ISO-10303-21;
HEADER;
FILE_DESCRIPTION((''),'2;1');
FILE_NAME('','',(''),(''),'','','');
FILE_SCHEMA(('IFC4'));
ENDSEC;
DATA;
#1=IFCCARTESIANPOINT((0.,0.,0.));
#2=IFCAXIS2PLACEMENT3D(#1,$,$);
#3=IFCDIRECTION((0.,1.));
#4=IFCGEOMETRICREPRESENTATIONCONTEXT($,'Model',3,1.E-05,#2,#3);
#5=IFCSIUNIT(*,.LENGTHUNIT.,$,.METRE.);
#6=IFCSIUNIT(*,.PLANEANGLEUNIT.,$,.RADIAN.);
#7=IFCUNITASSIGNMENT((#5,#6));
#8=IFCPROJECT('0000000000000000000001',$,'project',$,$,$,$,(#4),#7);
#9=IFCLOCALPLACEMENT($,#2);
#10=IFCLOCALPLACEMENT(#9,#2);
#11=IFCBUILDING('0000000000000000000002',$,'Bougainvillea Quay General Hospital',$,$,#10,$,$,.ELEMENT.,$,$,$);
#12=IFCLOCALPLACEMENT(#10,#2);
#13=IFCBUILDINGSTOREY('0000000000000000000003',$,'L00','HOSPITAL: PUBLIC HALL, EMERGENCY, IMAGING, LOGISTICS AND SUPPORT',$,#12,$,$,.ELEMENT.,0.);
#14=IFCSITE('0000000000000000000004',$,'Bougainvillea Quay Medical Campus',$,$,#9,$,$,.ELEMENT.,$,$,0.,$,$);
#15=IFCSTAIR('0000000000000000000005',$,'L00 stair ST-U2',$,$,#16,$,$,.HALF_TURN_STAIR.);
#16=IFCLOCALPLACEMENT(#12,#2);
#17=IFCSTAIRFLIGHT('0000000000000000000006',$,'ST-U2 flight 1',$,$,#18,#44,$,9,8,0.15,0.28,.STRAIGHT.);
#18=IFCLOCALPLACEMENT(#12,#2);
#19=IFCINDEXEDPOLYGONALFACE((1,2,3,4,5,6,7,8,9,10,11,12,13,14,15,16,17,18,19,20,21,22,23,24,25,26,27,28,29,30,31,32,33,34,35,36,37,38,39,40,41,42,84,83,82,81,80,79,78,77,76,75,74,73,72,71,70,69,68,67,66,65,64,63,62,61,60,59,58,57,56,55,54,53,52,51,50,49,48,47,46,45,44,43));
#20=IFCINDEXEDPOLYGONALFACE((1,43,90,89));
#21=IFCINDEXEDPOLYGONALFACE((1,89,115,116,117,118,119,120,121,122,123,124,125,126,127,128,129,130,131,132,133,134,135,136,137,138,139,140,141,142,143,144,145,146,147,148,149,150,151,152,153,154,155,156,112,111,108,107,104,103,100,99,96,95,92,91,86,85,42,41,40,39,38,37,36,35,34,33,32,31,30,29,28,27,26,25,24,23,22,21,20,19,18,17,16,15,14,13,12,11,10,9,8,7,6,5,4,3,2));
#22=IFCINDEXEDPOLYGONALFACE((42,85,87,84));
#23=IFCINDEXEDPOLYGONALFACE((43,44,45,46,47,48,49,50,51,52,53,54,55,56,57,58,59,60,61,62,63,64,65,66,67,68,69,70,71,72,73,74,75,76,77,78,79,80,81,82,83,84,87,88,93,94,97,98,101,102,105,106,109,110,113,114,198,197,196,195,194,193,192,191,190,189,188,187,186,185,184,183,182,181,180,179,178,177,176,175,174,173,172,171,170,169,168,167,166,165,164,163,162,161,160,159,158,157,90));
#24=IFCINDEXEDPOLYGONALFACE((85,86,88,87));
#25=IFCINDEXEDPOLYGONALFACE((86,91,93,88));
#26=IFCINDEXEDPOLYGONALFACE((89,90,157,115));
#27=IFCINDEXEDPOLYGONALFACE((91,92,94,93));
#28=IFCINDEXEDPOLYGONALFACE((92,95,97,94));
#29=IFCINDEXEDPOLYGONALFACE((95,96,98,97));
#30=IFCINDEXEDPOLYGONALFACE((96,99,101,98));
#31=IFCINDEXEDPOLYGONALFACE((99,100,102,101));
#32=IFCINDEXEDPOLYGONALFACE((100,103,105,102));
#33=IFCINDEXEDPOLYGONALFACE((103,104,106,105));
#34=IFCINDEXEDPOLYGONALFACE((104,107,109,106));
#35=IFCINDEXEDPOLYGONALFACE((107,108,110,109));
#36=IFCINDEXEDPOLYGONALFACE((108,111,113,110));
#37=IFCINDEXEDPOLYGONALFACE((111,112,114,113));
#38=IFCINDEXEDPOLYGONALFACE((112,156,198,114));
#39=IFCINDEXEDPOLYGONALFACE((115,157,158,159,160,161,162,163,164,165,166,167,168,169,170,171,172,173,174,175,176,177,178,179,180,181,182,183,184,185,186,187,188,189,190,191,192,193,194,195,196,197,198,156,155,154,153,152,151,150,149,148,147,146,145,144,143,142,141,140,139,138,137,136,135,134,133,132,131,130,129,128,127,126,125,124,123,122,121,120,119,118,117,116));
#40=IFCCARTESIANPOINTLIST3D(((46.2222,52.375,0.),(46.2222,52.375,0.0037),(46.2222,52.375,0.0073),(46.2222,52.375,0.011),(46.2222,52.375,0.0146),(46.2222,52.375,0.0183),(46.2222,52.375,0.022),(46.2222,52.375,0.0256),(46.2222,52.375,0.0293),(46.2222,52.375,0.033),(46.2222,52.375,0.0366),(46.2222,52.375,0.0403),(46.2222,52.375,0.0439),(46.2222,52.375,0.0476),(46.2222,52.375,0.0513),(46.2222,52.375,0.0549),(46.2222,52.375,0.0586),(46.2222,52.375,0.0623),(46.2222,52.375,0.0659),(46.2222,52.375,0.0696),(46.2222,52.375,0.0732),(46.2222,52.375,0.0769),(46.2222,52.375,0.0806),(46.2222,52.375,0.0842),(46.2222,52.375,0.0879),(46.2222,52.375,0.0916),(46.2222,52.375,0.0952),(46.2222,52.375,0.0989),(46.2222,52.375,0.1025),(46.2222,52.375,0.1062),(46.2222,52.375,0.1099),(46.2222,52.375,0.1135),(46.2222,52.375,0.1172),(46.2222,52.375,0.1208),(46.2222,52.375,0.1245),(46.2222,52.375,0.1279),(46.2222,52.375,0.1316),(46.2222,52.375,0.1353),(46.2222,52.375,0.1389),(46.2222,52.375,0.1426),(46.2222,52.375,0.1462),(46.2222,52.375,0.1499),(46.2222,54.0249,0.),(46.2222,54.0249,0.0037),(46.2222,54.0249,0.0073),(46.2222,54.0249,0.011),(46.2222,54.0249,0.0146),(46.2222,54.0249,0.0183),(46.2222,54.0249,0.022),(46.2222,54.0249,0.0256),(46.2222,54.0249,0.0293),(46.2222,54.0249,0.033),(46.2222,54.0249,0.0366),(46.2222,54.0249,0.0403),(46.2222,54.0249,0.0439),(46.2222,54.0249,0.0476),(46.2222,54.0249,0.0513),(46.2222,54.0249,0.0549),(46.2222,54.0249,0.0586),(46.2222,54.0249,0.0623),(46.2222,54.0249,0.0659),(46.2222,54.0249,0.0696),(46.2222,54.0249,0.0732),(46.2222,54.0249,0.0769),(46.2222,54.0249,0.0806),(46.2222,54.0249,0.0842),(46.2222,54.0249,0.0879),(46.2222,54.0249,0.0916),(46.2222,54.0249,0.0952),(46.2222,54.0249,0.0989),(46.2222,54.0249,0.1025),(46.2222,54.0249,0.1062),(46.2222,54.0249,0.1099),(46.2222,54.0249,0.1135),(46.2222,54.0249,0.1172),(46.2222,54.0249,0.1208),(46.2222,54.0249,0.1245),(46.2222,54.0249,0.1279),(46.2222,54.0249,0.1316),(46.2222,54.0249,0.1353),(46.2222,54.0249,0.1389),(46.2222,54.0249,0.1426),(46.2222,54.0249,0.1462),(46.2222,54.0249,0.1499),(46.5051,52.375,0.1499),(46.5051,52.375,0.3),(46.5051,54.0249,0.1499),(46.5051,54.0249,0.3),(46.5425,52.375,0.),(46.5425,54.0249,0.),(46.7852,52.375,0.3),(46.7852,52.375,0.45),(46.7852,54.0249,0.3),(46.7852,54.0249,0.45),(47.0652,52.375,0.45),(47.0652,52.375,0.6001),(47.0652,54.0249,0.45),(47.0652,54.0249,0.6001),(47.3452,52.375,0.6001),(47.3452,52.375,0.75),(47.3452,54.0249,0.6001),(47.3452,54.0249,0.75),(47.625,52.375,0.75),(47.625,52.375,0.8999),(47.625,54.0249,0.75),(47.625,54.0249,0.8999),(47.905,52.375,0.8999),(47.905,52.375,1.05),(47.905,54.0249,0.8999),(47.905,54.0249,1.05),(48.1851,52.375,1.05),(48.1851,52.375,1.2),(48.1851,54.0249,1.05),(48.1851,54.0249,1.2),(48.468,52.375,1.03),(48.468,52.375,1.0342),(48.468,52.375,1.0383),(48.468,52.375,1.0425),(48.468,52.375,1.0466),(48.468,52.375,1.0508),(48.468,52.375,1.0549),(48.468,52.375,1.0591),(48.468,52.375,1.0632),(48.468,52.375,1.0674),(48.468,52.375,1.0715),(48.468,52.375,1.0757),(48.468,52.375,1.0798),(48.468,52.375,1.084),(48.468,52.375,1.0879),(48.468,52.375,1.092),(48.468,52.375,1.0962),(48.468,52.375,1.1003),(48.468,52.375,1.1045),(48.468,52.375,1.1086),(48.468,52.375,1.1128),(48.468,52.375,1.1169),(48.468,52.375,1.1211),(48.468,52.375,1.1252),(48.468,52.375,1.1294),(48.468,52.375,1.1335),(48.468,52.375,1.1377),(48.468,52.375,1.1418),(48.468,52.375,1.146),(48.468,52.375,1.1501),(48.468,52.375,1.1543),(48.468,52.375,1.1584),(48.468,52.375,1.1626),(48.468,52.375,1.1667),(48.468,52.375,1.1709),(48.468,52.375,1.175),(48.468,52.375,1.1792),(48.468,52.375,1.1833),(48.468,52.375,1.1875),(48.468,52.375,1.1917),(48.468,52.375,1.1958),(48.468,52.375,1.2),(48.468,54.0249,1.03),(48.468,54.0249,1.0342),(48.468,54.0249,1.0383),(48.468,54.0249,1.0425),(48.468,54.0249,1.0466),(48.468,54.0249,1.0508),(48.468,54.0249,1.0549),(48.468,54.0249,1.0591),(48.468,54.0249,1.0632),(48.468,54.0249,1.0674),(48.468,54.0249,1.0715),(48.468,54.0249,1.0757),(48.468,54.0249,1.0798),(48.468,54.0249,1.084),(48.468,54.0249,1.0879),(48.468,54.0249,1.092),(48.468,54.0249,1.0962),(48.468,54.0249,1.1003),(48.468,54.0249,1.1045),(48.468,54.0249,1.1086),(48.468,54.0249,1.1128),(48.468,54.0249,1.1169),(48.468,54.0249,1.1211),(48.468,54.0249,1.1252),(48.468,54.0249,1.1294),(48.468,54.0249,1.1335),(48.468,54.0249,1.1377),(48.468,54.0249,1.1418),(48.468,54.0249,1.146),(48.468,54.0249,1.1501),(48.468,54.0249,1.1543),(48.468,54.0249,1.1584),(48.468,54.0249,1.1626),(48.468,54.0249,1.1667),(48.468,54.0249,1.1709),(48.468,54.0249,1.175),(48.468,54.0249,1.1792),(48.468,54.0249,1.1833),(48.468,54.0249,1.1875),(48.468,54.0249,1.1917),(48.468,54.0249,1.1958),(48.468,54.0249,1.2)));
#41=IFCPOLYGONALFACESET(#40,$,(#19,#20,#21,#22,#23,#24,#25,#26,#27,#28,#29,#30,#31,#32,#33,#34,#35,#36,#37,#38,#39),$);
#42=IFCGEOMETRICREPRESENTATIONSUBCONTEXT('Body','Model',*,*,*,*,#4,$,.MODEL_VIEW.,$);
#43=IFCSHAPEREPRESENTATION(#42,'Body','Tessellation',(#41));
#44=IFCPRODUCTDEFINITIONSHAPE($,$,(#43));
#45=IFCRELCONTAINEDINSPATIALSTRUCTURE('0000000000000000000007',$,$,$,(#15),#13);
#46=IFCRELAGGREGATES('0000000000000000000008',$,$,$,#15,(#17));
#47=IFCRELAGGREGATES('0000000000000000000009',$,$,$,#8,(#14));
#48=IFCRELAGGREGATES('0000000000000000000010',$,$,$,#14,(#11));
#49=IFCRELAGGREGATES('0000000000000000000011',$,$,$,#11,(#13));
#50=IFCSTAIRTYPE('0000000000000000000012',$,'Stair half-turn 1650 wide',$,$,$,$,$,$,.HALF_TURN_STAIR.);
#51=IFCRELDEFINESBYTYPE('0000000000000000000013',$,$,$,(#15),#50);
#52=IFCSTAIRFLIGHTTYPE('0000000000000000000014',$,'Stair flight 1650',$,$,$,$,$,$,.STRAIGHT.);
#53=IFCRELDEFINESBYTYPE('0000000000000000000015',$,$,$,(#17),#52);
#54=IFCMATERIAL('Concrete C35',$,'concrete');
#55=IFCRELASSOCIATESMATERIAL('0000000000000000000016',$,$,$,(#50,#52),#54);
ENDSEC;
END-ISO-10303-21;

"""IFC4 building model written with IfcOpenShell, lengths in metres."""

from ifc_helpers import new_model, si_unit, direction, frame, origin, place, context, subcontext, project, spatial, polyline, outline, extrude, material, type_object, element, aggregate, save


model = new_model("IFC4")

# Units and contexts
model_context = context("Model", 3, precision=1e-05, world=origin(), true_north=direction((0.0, 1.0)))
body_context = subcontext(model_context, "Body", "Model", "MODEL_VIEW")
ifc_project = project(units=[si_unit("LENGTHUNIT", "METRE"), si_unit("PLANEANGLEUNIT", "RADIAN")], contexts=[model_context])

# Site, building, storey
site_placement = place(None, origin())
site = spatial("IfcSite", under=ifc_project, at=site_placement, Name="Bougainvillea Quay Medical Campus", CompositionType="ELEMENT", RefElevation=0.0)
building_placement = place(site_placement, origin())
building = spatial("IfcBuilding", under=site, at=building_placement, Name="Bougainvillea Quay General Hospital", CompositionType="ELEMENT")
storey_placement = place(building_placement, origin())
storey = spatial("IfcBuildingStorey", under=building, at=storey_placement, Name="L00", Description="HOSPITAL: PUBLIC HALL, EMERGENCY, IMAGING, LOGISTICS AND SUPPORT", CompositionType="ELEMENT", Elevation=0.0)

# Stair, stair flight
ifc_material_1 = material(Name="Concrete C35", Category="concrete")
stair_type = type_object("IfcStairType", Name="Stair half-turn 1650 wide", PredefinedType="HALF_TURN_STAIR", material=ifc_material_1)
stair_placement = place(storey_placement, origin())
stair = element("IfcStair", 1, at=stair_placement, inside=storey, type_object=stair_type, Name="L00 stair ST-U2", PredefinedType="HALF_TURN_STAIR")
stair_flight_type = type_object("IfcStairFlightType", Name="Stair flight 1650", PredefinedType="STRAIGHT", material=ifc_material_1)
stair_flight_1_placement = place(storey_placement, frame((46.2251, 53.2, 0.0), z_axis=(0.0, 0.0, 1.0), x_axis=(1.0, 0.0, 0.0)))
stair_flight_1 = element("IfcStairFlight", 2, at=stair_flight_1_placement, type_object=stair_flight_type, Name="ST-U2 flight 1", NumberOfRisers=9, NumberOfTreads=8, PredefinedType="STRAIGHT", RiserHeight=0.15, TreadLength=0.28, context=body_context, shape_type="SweptSolid", body=[
    extrude(outline(polyline([(-0.0029, 0.0), (-0.0029, 0.0037), (-0.0029, 0.0073), (-0.0029, 0.011), (-0.0029, 0.0146), (-0.0029, 0.0183), (-0.0029, 0.022), (-0.0029, 0.0256), (-0.0029, 0.0293), (-0.0029, 0.033), (-0.0029, 0.0366), (-0.0029, 0.0403), (-0.0029, 0.0439), (-0.0029, 0.0476), (-0.0029, 0.0513), (-0.0029, 0.0549), (-0.0029, 0.0586), (-0.0029, 0.0623), (-0.0029, 0.0659), (-0.0029, 0.0696), (-0.0029, 0.0732), (-0.0029, 0.0769), (-0.0029, 0.0806), (-0.0029, 0.0842), (-0.0029, 0.0879), (-0.0029, 0.0916), (-0.0029, 0.0952), (-0.0029, 0.0989), (-0.0029, 0.1025), (-0.0029, 0.1062), (-0.0029, 0.1099), (-0.0029, 0.1135), (-0.0029, 0.1172), (-0.0029, 0.1208), (-0.0029, 0.1245), (-0.0029, 0.1279), (-0.0029, 0.1316), (-0.0029, 0.1353), (-0.0029, 0.1389), (-0.0029, 0.1426), (-0.0029, 0.1462), (-0.0029, 0.1499), (0.28, 0.1499), (0.28, 0.3), (0.5601, 0.3), (0.5601, 0.45), (0.8401, 0.45), (0.8401, 0.6001), (1.1201, 0.6001), (1.1201, 0.75), (1.3999, 0.75), (1.3999, 0.8999), (1.6799, 0.8999), (1.6799, 1.05), (1.96, 1.05), (1.96, 1.2), (2.2429, 1.2), (2.2429, 1.1958), (2.2429, 1.1917), (2.2429, 1.1875), (2.2429, 1.1833), (2.2429, 1.1792), (2.2429, 1.175), (2.2429, 1.1709), (2.2429, 1.1667), (2.2429, 1.1626), (2.2429, 1.1584), (2.2429, 1.1543), (2.2429, 1.1501), (2.2429, 1.146), (2.2429, 1.1418), (2.2429, 1.1377), (2.2429, 1.1335), (2.2429, 1.1294), (2.2429, 1.1252), (2.2429, 1.1211), (2.2429, 1.1169), (2.2429, 1.1128), (2.2429, 1.1086), (2.2429, 1.1045), (2.2429, 1.1003), (2.2429, 1.0962), (2.2429, 1.092), (2.2429, 1.0879), (2.2429, 1.084), (2.2429, 1.0798), (2.2429, 1.0757), (2.2429, 1.0715), (2.2429, 1.0674), (2.2429, 1.0632), (2.2429, 1.0591), (2.2429, 1.0549), (2.2429, 1.0508), (2.2429, 1.0466), (2.2429, 1.0425), (2.2429, 1.0383), (2.2429, 1.0342), (2.2429, 1.03), (0.3174, 0.0), (-0.0029, 0.0)])), frame((0.0, 0.825, 0.0), z_axis=(0.0, -1.0, 0.0), x_axis=(1.0, 0.0, 0.0)), (0.0, 0.0, 1.0), 1.6499),
])
aggregate(stair, [stair_flight_1])

save(model, "model.ifc")
